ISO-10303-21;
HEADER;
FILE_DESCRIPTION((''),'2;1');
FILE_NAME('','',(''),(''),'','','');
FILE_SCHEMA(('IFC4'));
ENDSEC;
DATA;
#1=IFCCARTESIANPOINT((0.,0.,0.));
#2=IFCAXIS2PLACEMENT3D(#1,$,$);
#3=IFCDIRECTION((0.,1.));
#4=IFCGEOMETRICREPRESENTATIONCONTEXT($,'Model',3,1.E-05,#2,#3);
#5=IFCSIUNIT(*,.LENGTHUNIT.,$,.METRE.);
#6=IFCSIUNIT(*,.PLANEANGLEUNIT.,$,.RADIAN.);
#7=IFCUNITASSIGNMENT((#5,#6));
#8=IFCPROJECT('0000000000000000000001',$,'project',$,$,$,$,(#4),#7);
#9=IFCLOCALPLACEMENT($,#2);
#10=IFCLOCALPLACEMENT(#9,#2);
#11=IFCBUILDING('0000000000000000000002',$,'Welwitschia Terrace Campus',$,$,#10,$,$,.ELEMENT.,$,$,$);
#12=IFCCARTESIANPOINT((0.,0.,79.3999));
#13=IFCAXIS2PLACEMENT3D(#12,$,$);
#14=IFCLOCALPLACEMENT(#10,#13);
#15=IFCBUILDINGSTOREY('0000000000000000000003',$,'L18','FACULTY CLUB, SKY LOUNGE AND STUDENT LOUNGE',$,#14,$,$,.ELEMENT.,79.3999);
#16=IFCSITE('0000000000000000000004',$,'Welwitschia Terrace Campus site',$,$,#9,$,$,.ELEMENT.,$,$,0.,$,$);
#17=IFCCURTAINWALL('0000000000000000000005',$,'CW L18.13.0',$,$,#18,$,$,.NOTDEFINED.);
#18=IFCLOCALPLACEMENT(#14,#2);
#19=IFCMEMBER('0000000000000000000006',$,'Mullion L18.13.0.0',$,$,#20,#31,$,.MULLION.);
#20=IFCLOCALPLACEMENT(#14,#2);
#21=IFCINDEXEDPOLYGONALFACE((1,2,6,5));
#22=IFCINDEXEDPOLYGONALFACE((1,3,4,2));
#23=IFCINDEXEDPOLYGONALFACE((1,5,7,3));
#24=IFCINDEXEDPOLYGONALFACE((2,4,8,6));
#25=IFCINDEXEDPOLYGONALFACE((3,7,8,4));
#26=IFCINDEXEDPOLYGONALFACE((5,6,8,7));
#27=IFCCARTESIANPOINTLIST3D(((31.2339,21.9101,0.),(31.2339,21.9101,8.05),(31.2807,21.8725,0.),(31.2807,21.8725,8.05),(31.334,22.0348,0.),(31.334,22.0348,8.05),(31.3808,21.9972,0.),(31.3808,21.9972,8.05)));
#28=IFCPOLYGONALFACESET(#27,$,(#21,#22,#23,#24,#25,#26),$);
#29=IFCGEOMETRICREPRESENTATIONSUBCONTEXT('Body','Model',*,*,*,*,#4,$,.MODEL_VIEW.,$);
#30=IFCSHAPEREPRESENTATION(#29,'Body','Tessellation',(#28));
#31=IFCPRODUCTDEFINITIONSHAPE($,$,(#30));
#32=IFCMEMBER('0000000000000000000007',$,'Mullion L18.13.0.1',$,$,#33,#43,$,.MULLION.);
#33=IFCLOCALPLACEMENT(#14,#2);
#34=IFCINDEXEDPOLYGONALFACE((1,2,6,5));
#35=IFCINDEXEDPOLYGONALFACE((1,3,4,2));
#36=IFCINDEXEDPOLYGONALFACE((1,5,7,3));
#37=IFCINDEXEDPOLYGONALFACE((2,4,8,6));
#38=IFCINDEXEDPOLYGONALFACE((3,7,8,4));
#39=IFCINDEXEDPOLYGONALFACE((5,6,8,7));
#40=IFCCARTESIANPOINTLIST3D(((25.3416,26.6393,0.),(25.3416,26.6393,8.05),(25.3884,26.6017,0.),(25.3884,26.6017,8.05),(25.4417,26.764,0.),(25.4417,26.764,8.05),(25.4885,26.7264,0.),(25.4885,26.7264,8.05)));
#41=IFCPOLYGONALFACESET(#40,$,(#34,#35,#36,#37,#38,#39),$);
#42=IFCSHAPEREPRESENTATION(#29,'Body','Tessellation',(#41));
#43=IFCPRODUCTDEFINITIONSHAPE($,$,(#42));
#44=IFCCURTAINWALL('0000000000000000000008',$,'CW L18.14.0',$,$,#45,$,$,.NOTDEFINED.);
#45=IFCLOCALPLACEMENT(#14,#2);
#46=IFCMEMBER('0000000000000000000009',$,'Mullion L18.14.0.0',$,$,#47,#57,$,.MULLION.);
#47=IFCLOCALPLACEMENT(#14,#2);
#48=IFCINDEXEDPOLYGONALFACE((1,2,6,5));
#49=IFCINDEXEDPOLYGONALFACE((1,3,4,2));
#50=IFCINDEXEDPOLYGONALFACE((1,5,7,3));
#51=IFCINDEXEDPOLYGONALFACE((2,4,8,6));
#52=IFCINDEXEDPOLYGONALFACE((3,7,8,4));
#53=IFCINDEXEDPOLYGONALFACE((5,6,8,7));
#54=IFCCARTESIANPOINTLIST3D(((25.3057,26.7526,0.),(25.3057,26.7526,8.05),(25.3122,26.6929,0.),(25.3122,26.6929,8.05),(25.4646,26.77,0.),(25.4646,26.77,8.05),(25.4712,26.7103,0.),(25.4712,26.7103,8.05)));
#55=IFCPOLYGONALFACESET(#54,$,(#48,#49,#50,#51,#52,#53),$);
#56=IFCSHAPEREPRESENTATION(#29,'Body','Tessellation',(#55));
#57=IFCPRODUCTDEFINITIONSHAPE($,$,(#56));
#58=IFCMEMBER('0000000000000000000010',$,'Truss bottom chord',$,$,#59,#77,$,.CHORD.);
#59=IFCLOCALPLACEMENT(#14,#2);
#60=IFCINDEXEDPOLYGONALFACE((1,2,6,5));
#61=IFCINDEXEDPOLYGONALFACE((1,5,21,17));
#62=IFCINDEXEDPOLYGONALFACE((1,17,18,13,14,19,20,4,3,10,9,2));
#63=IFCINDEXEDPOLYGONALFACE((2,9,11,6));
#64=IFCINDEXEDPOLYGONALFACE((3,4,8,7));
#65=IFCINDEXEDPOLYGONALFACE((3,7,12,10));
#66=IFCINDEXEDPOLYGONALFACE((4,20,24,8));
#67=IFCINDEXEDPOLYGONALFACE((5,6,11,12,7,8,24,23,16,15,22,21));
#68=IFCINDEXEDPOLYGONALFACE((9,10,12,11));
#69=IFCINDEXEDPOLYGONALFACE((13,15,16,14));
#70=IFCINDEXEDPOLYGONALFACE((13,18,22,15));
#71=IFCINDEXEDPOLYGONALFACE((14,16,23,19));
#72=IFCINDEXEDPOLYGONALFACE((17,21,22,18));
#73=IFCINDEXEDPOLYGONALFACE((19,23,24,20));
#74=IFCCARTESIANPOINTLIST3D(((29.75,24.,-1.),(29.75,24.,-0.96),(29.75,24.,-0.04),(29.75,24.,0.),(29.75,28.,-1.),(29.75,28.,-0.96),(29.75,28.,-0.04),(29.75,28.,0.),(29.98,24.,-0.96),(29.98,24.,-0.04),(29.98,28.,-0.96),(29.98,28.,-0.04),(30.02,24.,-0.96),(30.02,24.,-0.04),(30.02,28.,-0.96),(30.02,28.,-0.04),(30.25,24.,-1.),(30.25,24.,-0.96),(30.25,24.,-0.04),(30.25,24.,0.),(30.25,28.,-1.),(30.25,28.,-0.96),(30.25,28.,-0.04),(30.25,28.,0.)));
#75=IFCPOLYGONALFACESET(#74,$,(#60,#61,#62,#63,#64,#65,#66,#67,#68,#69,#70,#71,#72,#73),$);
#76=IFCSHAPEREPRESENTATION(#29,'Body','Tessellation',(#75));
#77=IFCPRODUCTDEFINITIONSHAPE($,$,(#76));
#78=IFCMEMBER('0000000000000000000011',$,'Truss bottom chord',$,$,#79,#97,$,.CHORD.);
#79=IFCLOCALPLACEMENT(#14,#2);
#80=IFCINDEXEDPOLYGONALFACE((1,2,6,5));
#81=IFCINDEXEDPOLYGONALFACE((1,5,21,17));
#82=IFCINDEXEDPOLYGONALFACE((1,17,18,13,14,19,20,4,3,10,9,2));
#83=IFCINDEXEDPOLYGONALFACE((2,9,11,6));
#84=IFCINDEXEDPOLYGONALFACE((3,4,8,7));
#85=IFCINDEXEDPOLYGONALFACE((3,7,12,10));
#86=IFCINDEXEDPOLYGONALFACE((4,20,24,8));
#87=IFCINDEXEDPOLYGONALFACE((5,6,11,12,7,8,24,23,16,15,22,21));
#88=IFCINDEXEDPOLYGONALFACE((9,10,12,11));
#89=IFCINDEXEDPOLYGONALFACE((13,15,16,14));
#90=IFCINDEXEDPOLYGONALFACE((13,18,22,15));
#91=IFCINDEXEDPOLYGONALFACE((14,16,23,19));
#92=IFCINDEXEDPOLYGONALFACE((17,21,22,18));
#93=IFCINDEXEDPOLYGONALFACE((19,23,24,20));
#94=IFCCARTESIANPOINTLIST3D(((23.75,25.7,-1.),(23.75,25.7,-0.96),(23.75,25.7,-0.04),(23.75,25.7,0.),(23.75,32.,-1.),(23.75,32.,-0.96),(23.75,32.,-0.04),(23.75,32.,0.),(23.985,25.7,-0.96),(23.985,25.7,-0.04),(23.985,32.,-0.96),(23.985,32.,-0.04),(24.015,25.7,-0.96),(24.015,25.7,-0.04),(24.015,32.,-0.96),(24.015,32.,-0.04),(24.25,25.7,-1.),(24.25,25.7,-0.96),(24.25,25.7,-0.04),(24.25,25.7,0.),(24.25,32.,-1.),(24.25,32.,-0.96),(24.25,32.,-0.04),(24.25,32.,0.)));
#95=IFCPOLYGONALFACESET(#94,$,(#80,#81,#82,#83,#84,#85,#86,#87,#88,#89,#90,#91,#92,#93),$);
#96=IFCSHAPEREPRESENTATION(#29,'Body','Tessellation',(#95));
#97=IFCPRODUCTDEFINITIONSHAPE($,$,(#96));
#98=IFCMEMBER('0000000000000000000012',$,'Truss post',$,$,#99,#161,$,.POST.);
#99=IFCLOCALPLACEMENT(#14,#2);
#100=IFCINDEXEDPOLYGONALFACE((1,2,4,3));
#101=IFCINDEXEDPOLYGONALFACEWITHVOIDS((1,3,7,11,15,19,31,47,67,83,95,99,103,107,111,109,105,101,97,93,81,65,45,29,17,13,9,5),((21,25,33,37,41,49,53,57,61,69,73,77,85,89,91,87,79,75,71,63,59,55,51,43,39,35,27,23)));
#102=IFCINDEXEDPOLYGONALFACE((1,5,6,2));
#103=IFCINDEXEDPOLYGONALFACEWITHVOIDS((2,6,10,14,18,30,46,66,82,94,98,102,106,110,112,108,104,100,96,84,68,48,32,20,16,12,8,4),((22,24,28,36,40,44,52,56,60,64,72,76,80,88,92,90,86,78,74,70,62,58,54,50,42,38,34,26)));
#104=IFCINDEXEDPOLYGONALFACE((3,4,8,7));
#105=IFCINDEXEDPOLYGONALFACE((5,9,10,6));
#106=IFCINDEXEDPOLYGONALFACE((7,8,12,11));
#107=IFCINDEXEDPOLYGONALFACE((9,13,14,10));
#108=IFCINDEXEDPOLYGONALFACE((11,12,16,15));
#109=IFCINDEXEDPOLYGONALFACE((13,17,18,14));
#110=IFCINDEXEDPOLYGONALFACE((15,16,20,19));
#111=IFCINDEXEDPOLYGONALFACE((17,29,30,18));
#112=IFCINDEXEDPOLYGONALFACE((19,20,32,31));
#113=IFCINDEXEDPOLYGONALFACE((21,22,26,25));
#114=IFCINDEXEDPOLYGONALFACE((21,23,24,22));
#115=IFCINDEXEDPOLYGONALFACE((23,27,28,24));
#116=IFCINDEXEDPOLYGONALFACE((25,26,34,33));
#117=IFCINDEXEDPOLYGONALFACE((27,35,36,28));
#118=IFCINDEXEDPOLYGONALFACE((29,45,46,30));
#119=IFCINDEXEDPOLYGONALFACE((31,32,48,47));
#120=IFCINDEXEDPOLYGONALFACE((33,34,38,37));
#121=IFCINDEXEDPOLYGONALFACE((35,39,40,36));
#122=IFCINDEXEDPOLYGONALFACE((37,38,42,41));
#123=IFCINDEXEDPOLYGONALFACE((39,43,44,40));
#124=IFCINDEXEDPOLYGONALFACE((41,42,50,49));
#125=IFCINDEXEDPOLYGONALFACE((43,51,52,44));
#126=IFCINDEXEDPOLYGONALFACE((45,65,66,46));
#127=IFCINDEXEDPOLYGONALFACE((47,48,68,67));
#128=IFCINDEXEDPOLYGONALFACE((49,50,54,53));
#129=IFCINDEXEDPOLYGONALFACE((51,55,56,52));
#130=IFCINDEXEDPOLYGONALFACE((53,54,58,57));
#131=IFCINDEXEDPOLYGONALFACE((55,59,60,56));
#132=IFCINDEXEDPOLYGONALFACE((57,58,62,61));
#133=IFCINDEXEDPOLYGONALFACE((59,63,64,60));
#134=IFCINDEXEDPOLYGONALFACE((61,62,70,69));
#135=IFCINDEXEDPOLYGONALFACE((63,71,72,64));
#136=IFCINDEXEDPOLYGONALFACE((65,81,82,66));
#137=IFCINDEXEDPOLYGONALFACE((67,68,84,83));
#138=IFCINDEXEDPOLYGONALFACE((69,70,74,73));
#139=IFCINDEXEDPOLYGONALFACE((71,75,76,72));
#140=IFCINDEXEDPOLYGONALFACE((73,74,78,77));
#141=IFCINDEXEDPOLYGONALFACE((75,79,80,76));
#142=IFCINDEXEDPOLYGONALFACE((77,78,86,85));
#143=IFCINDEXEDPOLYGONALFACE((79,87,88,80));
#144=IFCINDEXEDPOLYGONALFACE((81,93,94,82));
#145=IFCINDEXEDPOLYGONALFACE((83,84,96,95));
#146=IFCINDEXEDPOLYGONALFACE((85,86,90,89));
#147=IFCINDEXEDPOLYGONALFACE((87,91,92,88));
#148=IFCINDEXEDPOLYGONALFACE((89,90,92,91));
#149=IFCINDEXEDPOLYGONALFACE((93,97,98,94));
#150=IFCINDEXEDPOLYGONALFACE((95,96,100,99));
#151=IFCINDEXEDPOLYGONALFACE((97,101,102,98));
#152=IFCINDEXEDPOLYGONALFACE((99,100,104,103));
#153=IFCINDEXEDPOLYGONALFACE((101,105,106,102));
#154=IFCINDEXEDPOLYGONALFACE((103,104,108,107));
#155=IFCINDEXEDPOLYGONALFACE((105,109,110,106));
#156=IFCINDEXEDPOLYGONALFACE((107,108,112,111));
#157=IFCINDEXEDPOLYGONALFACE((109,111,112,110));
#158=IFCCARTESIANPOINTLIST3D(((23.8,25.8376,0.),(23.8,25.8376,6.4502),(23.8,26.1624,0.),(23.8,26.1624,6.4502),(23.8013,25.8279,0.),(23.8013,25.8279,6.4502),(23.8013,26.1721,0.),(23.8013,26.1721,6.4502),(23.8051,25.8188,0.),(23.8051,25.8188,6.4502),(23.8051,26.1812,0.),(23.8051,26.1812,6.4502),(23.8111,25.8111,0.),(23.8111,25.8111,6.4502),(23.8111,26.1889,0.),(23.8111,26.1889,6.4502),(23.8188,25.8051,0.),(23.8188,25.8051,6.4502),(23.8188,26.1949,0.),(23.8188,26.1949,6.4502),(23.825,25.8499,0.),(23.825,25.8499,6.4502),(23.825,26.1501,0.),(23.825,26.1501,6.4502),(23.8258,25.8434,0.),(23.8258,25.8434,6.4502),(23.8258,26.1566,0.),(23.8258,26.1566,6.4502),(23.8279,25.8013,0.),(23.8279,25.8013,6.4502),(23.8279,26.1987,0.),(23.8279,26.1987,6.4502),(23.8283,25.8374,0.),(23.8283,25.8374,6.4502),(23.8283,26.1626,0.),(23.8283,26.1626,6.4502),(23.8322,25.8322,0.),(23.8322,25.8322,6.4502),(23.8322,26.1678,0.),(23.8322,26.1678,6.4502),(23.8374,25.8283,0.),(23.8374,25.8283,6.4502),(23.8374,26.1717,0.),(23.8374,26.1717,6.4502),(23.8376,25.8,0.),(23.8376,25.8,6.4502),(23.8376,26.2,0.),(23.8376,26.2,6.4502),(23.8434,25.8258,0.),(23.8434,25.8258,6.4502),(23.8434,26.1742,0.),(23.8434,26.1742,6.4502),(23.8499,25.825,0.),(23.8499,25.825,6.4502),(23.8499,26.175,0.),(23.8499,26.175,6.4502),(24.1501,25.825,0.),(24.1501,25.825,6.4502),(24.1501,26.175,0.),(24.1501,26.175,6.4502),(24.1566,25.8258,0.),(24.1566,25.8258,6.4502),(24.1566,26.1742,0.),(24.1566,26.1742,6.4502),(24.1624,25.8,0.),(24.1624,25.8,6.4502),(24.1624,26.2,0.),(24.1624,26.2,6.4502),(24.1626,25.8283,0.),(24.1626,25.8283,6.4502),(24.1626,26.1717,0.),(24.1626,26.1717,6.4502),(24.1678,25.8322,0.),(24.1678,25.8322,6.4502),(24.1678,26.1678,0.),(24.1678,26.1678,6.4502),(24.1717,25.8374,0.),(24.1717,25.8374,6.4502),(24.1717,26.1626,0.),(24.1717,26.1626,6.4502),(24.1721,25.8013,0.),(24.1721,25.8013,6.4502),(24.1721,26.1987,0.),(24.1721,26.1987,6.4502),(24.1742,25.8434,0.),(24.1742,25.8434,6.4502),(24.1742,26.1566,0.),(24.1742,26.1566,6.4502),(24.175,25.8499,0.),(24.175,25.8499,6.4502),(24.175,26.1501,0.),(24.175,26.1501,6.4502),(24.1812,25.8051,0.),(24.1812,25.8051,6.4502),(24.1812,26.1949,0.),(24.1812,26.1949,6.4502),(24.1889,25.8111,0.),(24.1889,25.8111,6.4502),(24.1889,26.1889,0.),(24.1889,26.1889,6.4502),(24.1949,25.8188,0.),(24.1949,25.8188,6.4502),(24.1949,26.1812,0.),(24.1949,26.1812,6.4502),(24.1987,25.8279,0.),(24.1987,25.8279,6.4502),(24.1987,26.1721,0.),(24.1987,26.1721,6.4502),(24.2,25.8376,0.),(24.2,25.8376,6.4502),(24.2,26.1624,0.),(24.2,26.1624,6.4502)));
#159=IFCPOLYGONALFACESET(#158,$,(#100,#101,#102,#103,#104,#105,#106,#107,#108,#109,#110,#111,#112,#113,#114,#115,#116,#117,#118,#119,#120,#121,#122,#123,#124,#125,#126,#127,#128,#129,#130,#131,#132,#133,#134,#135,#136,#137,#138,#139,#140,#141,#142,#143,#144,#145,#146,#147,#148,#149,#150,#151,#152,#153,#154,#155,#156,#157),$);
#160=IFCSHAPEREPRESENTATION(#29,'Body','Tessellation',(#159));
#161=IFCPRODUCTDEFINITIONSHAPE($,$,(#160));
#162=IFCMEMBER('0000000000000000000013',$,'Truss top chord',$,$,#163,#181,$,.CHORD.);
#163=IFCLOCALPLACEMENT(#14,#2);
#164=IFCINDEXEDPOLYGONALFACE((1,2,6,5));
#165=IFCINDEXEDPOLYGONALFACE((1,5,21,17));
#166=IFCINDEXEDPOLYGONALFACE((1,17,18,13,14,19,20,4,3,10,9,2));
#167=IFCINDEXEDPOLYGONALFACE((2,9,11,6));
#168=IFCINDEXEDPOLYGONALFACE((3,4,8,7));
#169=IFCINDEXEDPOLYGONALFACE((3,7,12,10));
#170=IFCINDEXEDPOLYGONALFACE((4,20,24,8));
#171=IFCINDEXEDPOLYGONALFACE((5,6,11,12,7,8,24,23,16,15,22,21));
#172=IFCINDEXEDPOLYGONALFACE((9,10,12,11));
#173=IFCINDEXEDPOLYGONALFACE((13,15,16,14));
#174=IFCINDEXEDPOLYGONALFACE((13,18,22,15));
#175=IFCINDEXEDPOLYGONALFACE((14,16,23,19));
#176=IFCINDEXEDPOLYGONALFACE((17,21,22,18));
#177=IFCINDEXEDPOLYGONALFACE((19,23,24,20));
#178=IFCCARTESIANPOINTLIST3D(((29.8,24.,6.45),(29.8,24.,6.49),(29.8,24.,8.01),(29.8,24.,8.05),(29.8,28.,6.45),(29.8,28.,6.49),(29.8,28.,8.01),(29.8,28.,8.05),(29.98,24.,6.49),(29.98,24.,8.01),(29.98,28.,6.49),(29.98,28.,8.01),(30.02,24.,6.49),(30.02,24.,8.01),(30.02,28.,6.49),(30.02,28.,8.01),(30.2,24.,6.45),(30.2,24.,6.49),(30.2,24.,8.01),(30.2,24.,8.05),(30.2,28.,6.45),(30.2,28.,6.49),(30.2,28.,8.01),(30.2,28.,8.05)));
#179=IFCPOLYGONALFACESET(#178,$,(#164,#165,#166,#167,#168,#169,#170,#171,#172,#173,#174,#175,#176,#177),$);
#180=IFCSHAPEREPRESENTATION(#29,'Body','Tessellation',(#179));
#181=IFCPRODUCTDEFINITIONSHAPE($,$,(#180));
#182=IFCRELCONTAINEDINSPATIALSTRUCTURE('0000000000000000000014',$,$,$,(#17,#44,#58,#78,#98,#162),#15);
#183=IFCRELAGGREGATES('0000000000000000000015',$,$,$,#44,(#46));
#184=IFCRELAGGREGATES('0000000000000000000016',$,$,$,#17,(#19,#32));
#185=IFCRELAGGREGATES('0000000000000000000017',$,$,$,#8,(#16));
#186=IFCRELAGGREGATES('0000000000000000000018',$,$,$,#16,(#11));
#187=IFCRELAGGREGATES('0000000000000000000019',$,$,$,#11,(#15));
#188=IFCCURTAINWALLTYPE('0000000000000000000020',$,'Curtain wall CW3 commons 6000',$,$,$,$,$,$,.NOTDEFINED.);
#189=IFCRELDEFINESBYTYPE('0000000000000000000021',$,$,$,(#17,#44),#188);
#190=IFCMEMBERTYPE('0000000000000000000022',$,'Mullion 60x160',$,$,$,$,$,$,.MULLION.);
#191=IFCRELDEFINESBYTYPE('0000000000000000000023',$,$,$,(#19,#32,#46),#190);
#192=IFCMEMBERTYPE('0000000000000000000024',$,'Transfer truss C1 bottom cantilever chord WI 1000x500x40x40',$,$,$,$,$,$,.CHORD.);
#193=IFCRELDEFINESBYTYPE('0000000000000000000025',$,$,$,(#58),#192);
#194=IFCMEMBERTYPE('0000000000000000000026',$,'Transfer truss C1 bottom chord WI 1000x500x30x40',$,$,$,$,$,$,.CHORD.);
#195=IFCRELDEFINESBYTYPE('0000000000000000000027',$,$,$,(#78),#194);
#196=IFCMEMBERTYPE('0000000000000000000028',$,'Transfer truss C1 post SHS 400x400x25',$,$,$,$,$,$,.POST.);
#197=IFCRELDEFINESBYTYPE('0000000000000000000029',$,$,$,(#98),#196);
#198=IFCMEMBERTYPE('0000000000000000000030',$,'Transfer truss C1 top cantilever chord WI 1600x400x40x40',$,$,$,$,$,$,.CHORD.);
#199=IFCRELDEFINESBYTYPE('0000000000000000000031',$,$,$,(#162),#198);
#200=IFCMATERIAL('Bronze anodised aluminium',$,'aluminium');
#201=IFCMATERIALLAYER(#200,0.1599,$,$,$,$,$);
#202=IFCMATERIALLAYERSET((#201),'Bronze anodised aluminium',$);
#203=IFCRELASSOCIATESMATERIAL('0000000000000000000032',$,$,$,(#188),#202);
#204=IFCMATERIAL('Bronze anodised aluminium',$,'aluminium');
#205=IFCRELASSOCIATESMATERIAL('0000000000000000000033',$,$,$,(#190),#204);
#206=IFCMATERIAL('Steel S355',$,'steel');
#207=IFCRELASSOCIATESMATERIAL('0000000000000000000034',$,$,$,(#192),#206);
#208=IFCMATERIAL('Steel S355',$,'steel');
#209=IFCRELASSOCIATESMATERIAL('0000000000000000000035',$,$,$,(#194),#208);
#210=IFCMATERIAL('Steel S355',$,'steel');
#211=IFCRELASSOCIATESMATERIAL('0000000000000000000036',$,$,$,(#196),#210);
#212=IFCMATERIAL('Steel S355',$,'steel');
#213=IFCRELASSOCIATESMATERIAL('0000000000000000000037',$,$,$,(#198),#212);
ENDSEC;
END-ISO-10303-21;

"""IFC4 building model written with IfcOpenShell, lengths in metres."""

from ifc_helpers import new_model, si_unit, direction, frame, origin, origin_2d, place, context, subcontext, project, spatial, rectangle, hollow_rectangle, i_section, extrude, material, layer, layer_set, material_profile, profile_set, type_object, element, aggregate, save


model = new_model("IFC4")

# Units and contexts
model_context = context("Model", 3, precision=1e-05, world=origin(), true_north=direction((0.0, 1.0)))
body_context = subcontext(model_context, "Body", "Model", "MODEL_VIEW")
ifc_project = project(units=[si_unit("LENGTHUNIT", "METRE"), si_unit("PLANEANGLEUNIT", "RADIAN")], contexts=[model_context])

# Site, building, storey
site_placement = place(None, origin())
site = spatial("IfcSite", under=ifc_project, at=site_placement, Name="Welwitschia Terrace Campus site", CompositionType="ELEMENT", RefElevation=0.0)
building_placement = place(site_placement, origin())
building = spatial("IfcBuilding", under=site, at=building_placement, Name="Welwitschia Terrace Campus", CompositionType="ELEMENT")
storey_placement = place(building_placement, frame((0.0, 0.0, 79.3999)))
storey = spatial("IfcBuildingStorey", under=building, at=storey_placement, Name="L18", Description="FACULTY CLUB, SKY LOUNGE AND STUDENT LOUNGE", CompositionType="ELEMENT", Elevation=79.3999)

# Curtain wall, members
ifc_material_1 = material(Name="Bronze anodised aluminium", Category="aluminium")
ifc_layer_1 = layer(ifc_material_1, 0.1599)
ifc_layer_set_1 = layer_set([ifc_layer_1], Name="Bronze anodised aluminium")
curtain_wall_type = type_object("IfcCurtainWallType", Name="Curtain wall CW3 commons 6000", PredefinedType="NOTDEFINED", material=ifc_layer_set_1)
curtain_wall_1_placement = place(storey_placement, origin())
curtain_wall_1 = element("IfcCurtainWall", 1, at=curtain_wall_1_placement, inside=storey, type_object=curtain_wall_type, Name="CW L18.13.0", PredefinedType="NOTDEFINED")
ifc_material_2 = material(Name="Bronze anodised aluminium", Category="aluminium")
ifc_material_profile_1 = material_profile(ifc_material_2, rectangle(XDim=0.1599, YDim=0.0601, at=origin_2d()))
ifc_profile_set_1 = profile_set([ifc_material_profile_1], Name="Bronze anodised aluminium")
member_type_1 = type_object("IfcMemberType", Name="Mullion 60x160", PredefinedType="MULLION", material=ifc_profile_set_1)
member_1_placement = place(storey_placement, frame((31.3074, 21.9536, 0.0), z_axis=(0.0, 0.0, 1.0), x_axis=(-0.625923, -0.779884, 0.0)))
member_1 = element("IfcMember", 2, at=member_1_placement, type_object=member_type_1, Name="Mullion L18.13.0.0", PredefinedType="MULLION", context=body_context, shape_type="SweptSolid", body=[
    extrude(rectangle(XDim=0.1599, YDim=0.0601, at=origin_2d()), origin(), (0.0, 0.0, 1.0), 8.05),
])
member_2_placement = place(storey_placement, frame((25.415, 26.6829, 0.0), z_axis=(0.0, 0.0, 1.0), x_axis=(-0.625923, -0.779884, 0.0)))
member_2 = element("IfcMember", 3, at=member_2_placement, type_object=member_type_1, Name="Mullion L18.13.0.1", PredefinedType="MULLION", context=body_context, shape_type="SweptSolid", body=[
    extrude(rectangle(XDim=0.1599, YDim=0.0601, at=origin_2d()), origin(), (0.0, 0.0, 1.0), 8.05),
])

# Curtain wall, member
curtain_wall_2_placement = place(storey_placement, origin())
curtain_wall_2 = element("IfcCurtainWall", 4, at=curtain_wall_2_placement, inside=storey, type_object=curtain_wall_type, Name="CW L18.14.0", PredefinedType="NOTDEFINED")
member_3_placement = place(storey_placement, frame((25.3884, 26.7314, 0.0), z_axis=(0.0, 0.0, 1.0), x_axis=(-0.994056, -0.108867, 0.0)))
member_3 = element("IfcMember", 5, at=member_3_placement, type_object=member_type_1, Name="Mullion L18.14.0.0", PredefinedType="MULLION", context=body_context, shape_type="SweptSolid", body=[
    extrude(rectangle(XDim=0.1599, YDim=0.0601, at=origin_2d()), origin(), (0.0, 0.0, 1.0), 8.05),
])

# Members
ifc_material_3 = material(Name="Steel S355", Category="steel")
ifc_material_profile_2 = material_profile(ifc_material_3, i_section(OverallWidth=0.5, OverallDepth=1.0, WebThickness=0.04, FlangeThickness=0.04, at=origin_2d()))
ifc_profile_set_2 = profile_set([ifc_material_profile_2], Name="Steel S355")
member_type_2 = type_object("IfcMemberType", Name="Transfer truss C1 bottom cantilever chord WI 1000x500x40x40", PredefinedType="CHORD", material=ifc_profile_set_2)
member_4_placement = place(storey_placement, frame((30.0, 24.0, -0.5), z_axis=(0.0, 1.0, 0.0), x_axis=(-1.0, 0.0, 0.0)))
element("IfcMember", 6, at=member_4_placement, inside=storey, type_object=member_type_2, Name="Truss bottom chord", PredefinedType="CHORD", context=body_context, shape_type="SweptSolid", body=[
    extrude(i_section(OverallWidth=0.5, OverallDepth=1.0, WebThickness=0.04, FlangeThickness=0.04, at=origin_2d()), origin(), (0.0, 0.0, 1.0), 4.0),
])
ifc_material_4 = material(Name="Steel S355", Category="steel")
ifc_material_profile_3 = material_profile(ifc_material_4, i_section(OverallWidth=0.5, OverallDepth=1.0, WebThickness=0.03, FlangeThickness=0.04, at=origin_2d()))
ifc_profile_set_3 = profile_set([ifc_material_profile_3], Name="Steel S355")
member_type_3 = type_object("IfcMemberType", Name="Transfer truss C1 bottom chord WI 1000x500x30x40", PredefinedType="CHORD", material=ifc_profile_set_3)
member_5_placement = place(storey_placement, frame((24.0, 25.7, -0.5), z_axis=(0.0, 1.0, 0.0), x_axis=(-1.0, 0.0, 0.0)))
element("IfcMember", 7, at=member_5_placement, inside=storey, type_object=member_type_3, Name="Truss bottom chord", PredefinedType="CHORD", context=body_context, shape_type="SweptSolid", body=[
    extrude(i_section(OverallWidth=0.5, OverallDepth=1.0, WebThickness=0.03, FlangeThickness=0.04, at=origin_2d()), origin(), (0.0, 0.0, 1.0), 6.3),
])
ifc_material_5 = material(Name="Steel S355", Category="steel")
ifc_material_profile_4 = material_profile(ifc_material_5, hollow_rectangle(XDim=0.3999, YDim=0.3999, WallThickness=0.0249, InnerFilletRadius=0.0249, OuterFilletRadius=0.0376, at=origin_2d()))
ifc_profile_set_4 = profile_set([ifc_material_profile_4], Name="Steel S355")
member_type_4 = type_object("IfcMemberType", Name="Transfer truss C1 post SHS 400x400x25", PredefinedType="POST", material=ifc_profile_set_4)
member_6_placement = place(storey_placement, frame((24.0, 26.0, 0.0), z_axis=(0.0, 0.0, 1.0), x_axis=(1.0, 0.0, 0.0)))
element("IfcMember", 8, at=member_6_placement, inside=storey, type_object=member_type_4, Name="Truss post", PredefinedType="POST", context=body_context, shape_type="SweptSolid", body=[
    extrude(hollow_rectangle(XDim=0.3999, YDim=0.3999, WallThickness=0.0249, InnerFilletRadius=0.0249, OuterFilletRadius=0.0376, at=origin_2d()), origin(), (0.0, 0.0, 1.0), 6.4502),
])
ifc_material_6 = material(Name="Steel S355", Category="steel")
ifc_material_profile_5 = material_profile(ifc_material_6, i_section(OverallWidth=0.3999, OverallDepth=1.6001, WebThickness=0.04, FlangeThickness=0.04, at=origin_2d()))
ifc_profile_set_5 = profile_set([ifc_material_profile_5], Name="Steel S355")
member_type_5 = type_object("IfcMemberType", Name="Transfer truss C1 top cantilever chord WI 1600x400x40x40", PredefinedType="CHORD", material=ifc_profile_set_5)
member_7_placement = place(storey_placement, frame((30.0, 24.0, 7.25), z_axis=(0.0, 1.0, 0.0), x_axis=(-1.0, 0.0, 0.0)))
element("IfcMember", 9, at=member_7_placement, inside=storey, type_object=member_type_5, Name="Truss top chord", PredefinedType="CHORD", context=body_context, shape_type="SweptSolid", body=[
    extrude(i_section(OverallWidth=0.3999, OverallDepth=1.6001, WebThickness=0.04, FlangeThickness=0.04, at=origin_2d()), origin(), (0.0, 0.0, 1.0), 4.0),
])

aggregate(curtain_wall_2, [member_3])

aggregate(curtain_wall_1, [member_1, member_2])

save(model, "model.ifc")
